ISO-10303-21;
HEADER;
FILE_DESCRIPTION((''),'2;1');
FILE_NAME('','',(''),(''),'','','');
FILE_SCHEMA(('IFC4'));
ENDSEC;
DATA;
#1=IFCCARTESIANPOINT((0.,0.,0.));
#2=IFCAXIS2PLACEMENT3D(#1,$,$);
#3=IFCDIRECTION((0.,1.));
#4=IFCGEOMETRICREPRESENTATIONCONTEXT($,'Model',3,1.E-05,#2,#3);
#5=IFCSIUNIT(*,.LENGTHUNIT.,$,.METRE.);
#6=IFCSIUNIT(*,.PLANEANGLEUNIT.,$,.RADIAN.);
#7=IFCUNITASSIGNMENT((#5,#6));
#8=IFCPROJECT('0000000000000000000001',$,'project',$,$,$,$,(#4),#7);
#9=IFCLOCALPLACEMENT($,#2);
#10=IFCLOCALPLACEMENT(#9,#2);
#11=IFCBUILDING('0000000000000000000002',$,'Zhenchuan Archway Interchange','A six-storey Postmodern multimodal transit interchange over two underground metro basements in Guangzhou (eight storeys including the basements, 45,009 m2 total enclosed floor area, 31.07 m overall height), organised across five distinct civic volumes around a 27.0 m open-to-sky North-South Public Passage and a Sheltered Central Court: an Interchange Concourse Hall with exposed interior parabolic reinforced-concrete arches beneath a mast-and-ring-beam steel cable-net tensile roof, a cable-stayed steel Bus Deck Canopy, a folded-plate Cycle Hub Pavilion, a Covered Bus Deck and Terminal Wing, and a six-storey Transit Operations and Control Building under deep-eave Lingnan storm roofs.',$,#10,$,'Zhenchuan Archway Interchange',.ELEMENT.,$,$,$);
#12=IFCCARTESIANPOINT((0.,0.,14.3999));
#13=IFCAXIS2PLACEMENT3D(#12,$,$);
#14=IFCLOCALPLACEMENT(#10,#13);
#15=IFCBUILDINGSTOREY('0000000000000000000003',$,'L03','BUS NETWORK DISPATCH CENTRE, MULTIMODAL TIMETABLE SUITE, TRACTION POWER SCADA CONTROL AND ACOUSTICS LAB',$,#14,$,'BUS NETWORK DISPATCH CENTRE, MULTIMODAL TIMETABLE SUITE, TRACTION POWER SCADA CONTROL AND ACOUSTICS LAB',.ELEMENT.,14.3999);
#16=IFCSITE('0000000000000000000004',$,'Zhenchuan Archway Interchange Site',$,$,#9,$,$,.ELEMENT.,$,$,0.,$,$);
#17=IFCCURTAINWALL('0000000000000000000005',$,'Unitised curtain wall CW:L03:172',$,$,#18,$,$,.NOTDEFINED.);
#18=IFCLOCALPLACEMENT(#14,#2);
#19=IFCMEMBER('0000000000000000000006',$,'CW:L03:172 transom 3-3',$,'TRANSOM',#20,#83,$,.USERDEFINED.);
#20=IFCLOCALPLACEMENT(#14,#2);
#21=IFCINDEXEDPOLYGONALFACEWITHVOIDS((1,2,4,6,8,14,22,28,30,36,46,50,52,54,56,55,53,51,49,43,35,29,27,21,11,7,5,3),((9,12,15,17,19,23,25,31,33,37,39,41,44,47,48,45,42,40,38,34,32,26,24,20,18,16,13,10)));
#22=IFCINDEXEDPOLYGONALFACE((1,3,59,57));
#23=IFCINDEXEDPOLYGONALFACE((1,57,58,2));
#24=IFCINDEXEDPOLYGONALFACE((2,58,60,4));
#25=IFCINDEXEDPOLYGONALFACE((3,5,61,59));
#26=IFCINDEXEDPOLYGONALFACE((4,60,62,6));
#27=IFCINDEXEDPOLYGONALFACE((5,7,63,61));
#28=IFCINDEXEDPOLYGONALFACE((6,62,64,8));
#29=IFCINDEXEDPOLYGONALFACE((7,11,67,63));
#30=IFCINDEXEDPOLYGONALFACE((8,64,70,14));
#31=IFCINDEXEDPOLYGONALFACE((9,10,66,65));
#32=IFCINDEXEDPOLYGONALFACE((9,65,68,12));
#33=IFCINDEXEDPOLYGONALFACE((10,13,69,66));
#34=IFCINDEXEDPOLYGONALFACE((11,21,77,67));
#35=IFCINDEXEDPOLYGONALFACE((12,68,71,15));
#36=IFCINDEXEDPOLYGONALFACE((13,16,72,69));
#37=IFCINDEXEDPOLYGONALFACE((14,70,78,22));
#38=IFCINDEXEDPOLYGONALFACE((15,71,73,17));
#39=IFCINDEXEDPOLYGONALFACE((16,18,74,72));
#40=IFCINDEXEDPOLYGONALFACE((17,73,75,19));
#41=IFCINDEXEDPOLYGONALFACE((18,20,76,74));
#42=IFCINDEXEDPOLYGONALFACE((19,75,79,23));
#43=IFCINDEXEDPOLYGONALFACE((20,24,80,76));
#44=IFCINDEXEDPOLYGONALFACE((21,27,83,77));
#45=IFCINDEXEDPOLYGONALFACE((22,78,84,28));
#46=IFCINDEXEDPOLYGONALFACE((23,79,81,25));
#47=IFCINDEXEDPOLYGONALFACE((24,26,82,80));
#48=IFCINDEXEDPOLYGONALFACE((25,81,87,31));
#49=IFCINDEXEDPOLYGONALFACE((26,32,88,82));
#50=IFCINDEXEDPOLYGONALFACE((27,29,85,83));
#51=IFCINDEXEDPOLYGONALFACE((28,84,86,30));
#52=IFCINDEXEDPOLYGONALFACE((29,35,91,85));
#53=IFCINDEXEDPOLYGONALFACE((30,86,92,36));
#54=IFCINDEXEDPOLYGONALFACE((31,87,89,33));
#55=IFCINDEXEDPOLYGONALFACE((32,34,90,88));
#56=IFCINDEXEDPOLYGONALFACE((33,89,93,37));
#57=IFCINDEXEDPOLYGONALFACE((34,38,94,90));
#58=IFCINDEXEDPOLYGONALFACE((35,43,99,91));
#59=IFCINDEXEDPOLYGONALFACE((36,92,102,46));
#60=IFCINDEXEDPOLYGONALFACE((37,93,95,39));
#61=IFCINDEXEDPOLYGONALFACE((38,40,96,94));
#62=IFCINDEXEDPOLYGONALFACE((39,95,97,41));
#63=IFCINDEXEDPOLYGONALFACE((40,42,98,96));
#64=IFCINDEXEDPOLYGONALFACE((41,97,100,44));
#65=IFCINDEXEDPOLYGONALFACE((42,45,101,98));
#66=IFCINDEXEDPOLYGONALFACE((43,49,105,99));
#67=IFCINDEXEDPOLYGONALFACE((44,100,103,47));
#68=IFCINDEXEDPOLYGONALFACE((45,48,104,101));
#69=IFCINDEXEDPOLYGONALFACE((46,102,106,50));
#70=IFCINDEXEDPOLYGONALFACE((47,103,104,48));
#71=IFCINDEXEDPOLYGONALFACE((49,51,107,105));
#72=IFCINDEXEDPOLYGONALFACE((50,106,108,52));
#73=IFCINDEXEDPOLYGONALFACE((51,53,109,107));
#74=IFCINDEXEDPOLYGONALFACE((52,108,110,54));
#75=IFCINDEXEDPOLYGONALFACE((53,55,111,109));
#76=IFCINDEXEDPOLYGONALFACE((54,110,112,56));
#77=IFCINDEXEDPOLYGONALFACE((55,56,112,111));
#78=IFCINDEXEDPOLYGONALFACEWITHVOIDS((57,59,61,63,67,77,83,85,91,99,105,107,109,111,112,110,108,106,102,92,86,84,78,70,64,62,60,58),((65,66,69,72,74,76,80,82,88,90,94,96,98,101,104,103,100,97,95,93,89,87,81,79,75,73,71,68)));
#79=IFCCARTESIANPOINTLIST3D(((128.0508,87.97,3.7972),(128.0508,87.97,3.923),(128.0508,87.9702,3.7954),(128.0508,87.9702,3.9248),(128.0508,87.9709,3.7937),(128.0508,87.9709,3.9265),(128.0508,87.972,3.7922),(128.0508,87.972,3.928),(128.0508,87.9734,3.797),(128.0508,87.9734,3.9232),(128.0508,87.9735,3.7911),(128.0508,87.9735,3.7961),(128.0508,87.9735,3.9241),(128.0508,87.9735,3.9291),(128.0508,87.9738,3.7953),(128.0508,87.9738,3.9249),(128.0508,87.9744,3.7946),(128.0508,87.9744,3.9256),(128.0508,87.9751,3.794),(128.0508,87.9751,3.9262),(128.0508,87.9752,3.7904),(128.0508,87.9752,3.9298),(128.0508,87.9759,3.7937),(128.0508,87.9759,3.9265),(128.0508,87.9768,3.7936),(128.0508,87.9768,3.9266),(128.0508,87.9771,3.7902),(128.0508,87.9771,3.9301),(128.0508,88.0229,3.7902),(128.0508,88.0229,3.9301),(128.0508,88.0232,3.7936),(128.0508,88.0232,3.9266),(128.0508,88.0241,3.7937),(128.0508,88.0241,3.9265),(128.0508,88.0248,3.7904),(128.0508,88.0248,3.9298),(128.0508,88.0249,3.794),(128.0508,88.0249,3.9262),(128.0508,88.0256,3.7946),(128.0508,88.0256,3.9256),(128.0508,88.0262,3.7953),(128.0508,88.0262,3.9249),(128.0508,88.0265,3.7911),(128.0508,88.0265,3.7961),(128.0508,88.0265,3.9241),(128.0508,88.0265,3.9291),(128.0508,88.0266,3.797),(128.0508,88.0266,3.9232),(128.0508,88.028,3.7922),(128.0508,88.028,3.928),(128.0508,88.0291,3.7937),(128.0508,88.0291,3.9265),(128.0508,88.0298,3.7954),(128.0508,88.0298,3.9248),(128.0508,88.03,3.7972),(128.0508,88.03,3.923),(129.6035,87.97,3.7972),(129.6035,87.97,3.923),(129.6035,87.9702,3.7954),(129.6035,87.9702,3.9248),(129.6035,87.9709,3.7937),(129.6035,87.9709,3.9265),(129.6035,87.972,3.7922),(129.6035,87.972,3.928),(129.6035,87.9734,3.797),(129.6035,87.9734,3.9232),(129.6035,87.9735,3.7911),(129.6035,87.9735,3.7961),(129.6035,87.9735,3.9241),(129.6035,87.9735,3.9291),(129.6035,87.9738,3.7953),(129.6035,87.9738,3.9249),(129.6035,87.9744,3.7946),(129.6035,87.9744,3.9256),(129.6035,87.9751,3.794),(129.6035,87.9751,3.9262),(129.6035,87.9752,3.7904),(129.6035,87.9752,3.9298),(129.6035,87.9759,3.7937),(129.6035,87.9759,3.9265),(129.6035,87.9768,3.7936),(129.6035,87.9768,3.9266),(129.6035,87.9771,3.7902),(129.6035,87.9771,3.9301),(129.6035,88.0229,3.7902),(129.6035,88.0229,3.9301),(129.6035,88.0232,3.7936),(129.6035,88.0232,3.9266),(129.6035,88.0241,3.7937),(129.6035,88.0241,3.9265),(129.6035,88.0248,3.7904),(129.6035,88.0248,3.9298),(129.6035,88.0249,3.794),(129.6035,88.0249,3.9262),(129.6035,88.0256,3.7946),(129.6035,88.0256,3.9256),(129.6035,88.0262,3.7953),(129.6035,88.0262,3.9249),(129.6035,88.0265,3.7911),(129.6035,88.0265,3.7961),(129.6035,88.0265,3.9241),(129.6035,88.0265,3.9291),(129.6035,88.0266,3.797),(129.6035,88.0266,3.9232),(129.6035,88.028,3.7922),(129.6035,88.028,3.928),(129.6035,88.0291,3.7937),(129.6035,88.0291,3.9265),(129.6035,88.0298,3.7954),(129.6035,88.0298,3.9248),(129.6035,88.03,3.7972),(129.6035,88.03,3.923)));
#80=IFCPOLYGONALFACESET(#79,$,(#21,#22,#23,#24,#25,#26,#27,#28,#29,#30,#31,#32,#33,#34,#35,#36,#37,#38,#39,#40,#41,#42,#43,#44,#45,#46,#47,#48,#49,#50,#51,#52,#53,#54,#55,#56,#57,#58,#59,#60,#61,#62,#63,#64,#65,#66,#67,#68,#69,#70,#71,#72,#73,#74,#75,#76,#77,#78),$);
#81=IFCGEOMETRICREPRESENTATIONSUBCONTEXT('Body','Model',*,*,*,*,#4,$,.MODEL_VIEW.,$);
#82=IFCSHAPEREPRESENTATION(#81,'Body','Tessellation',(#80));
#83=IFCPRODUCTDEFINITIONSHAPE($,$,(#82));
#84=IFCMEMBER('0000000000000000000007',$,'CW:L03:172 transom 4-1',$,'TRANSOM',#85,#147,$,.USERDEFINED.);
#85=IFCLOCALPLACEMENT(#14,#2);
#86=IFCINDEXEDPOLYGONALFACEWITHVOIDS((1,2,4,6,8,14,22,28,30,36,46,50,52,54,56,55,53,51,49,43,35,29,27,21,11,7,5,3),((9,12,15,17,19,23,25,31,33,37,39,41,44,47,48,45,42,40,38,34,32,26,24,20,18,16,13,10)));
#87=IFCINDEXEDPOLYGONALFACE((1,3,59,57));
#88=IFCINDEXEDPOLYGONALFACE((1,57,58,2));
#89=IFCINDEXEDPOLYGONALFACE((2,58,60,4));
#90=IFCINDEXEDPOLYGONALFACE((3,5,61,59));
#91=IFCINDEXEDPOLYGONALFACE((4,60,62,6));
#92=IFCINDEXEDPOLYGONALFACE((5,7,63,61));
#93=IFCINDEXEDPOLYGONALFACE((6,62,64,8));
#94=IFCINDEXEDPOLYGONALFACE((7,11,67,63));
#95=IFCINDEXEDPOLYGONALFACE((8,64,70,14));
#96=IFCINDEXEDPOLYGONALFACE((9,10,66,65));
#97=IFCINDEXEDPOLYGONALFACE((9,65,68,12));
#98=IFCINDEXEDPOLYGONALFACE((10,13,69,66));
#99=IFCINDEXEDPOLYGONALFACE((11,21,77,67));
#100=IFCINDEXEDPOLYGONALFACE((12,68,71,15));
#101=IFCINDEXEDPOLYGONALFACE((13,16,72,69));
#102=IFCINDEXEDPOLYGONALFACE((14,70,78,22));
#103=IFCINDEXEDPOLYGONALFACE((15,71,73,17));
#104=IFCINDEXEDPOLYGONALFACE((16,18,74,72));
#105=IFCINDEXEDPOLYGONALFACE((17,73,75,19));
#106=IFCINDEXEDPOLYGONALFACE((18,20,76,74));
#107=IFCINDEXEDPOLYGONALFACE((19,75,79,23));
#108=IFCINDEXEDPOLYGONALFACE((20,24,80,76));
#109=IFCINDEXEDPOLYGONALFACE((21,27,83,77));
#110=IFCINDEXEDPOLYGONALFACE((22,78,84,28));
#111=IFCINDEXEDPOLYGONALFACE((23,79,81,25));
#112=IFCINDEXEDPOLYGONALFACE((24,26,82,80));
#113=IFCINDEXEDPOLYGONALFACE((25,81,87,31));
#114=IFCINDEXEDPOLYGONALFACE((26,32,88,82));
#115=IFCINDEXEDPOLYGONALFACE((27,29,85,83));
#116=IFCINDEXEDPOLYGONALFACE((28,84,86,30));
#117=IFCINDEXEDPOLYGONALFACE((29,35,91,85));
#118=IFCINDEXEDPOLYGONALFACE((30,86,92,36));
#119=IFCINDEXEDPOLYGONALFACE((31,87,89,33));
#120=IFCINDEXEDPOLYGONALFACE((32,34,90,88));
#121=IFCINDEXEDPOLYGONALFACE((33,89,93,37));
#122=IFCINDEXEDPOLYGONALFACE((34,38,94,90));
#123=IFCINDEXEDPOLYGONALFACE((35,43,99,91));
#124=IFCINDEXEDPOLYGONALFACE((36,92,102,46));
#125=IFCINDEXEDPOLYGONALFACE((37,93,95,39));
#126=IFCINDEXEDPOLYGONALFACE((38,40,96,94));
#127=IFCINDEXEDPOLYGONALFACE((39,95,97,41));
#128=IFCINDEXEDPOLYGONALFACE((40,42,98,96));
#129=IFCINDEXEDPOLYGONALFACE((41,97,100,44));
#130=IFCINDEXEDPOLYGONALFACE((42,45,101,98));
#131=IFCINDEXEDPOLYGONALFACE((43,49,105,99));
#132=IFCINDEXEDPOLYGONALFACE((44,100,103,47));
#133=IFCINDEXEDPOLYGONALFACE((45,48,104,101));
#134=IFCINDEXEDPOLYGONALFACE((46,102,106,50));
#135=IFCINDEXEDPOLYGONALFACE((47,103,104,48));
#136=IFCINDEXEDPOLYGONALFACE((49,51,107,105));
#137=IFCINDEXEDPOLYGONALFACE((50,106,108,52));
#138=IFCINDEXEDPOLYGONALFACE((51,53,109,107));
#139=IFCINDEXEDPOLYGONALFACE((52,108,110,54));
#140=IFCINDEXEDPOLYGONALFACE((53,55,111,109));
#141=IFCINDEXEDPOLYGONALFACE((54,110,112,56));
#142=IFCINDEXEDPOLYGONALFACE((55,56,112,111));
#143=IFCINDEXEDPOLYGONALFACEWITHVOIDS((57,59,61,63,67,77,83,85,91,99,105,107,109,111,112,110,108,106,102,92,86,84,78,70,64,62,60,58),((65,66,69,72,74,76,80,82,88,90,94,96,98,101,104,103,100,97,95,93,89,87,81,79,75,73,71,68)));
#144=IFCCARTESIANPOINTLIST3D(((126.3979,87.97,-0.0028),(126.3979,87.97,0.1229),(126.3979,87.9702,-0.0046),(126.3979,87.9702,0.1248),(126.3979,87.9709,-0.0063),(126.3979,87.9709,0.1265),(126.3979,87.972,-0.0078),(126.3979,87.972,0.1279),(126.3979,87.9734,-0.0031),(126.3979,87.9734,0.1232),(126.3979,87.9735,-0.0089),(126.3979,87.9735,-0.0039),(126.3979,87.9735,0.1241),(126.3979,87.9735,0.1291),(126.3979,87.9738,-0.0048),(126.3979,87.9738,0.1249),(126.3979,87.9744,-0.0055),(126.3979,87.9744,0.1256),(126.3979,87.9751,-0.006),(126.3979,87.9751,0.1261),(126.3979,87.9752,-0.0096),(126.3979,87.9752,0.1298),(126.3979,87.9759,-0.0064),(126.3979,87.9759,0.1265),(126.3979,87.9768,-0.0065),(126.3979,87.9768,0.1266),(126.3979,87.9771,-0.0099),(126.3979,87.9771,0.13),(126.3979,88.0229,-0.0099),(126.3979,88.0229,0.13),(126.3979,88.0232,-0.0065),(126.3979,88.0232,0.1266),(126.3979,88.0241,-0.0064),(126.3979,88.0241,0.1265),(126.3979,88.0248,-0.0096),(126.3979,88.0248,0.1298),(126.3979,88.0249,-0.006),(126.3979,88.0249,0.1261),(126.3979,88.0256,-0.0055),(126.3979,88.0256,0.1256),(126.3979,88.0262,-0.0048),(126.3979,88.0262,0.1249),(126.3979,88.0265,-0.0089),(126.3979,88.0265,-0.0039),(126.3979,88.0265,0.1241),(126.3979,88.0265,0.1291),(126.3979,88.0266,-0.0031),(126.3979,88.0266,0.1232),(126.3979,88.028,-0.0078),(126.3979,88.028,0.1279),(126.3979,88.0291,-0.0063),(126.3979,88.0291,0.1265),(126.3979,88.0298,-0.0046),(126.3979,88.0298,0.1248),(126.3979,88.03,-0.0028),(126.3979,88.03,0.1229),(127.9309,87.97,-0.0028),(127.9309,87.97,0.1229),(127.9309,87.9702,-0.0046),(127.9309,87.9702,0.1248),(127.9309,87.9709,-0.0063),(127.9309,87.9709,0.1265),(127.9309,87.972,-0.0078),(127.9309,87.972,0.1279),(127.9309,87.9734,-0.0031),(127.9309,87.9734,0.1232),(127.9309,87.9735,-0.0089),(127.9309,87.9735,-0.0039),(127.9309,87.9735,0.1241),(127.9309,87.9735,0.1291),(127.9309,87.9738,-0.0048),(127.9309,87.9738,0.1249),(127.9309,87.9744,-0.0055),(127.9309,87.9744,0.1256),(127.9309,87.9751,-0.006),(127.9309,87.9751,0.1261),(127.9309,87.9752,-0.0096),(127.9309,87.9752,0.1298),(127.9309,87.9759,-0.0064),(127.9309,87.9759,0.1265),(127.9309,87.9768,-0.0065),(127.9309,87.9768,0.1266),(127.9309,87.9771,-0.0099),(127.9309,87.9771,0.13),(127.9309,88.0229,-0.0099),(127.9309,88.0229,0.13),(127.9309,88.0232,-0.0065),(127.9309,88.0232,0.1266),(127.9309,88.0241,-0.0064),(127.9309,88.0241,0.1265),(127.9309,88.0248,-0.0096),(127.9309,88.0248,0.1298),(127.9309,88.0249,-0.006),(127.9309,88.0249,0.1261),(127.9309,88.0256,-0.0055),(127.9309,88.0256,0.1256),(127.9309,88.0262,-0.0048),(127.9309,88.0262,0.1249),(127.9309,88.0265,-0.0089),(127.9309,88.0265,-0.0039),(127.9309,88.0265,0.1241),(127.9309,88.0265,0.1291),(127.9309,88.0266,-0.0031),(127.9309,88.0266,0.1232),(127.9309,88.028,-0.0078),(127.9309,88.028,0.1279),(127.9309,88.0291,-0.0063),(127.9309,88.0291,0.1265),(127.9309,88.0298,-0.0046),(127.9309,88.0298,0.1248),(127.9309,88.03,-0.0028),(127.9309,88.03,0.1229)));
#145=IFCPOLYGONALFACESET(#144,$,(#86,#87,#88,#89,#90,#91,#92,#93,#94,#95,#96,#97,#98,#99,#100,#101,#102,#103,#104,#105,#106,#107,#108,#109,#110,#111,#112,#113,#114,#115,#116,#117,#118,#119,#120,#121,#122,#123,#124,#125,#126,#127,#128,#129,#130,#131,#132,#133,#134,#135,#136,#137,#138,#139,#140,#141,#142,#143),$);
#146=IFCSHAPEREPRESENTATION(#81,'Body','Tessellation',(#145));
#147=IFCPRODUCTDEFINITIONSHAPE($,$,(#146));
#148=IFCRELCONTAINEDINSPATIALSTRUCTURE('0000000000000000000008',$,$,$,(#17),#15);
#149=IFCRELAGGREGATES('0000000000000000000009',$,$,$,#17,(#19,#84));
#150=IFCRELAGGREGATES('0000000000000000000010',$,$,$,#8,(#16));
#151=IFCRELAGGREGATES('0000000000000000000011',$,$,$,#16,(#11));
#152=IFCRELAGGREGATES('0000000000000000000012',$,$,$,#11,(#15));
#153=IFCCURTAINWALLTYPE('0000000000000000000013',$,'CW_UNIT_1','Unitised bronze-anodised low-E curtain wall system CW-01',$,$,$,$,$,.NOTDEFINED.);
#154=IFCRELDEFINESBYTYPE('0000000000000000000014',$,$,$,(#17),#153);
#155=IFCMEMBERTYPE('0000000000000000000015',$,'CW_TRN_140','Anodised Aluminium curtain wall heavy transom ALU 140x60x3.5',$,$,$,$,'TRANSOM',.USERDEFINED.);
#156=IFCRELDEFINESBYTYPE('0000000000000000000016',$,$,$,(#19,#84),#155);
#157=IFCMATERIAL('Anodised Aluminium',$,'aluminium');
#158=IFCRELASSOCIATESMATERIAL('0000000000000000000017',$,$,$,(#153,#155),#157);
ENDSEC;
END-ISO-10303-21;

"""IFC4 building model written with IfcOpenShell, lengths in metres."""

from ifc_helpers import new_model, si_unit, direction, frame, origin, origin_2d, place, context, subcontext, project, spatial, hollow_rectangle, extrude, material, material_profile, profile_set, type_object, element, aggregate, save


model = new_model("IFC4")

# Units and contexts
model_context = context("Model", 3, precision=1e-05, world=origin(), true_north=direction((0.0, 1.0)))
body_context = subcontext(model_context, "Body", "Model", "MODEL_VIEW")
ifc_project = project(units=[si_unit("LENGTHUNIT", "METRE"), si_unit("PLANEANGLEUNIT", "RADIAN")], contexts=[model_context])

# Site, building, storey
site_placement = place(None, origin())
site = spatial("IfcSite", under=ifc_project, at=site_placement, Name="Zhenchuan Archway Interchange Site", CompositionType="ELEMENT", RefElevation=0.0)
building_placement = place(site_placement, origin())
building = spatial("IfcBuilding", under=site, at=building_placement, Name="Zhenchuan Archway Interchange", Description="A six-storey Postmodern multimodal transit interchange over two underground metro basements in Guangzhou (eight storeys including the basements, 45,009 m2 total enclosed floor area, 31.07 m overall height), organised across five distinct civic volumes around a 27.0 m open-to-sky North-South Public Passage and a Sheltered Central Court: an Interchange Concourse Hall with exposed interior parabolic reinforced-concrete arches beneath a mast-and-ring-beam steel cable-net tensile roof, a cable-stayed steel Bus Deck Canopy, a folded-plate Cycle Hub Pavilion, a Covered Bus Deck and Terminal Wing, and a six-storey Transit Operations and Control Building under deep-eave Lingnan storm roofs.", LongName="Zhenchuan Archway Interchange", CompositionType="ELEMENT")
storey_placement = place(building_placement, frame((0.0, 0.0, 14.3999)))
storey = spatial("IfcBuildingStorey", under=building, at=storey_placement, Name="L03", Description="BUS NETWORK DISPATCH CENTRE, MULTIMODAL TIMETABLE SUITE, TRACTION POWER SCADA CONTROL AND ACOUSTICS LAB", LongName="BUS NETWORK DISPATCH CENTRE, MULTIMODAL TIMETABLE SUITE, TRACTION POWER SCADA CONTROL AND ACOUSTICS LAB", CompositionType="ELEMENT", Elevation=14.3999)

# Curtain wall
ifc_material_1 = material(Name="Anodised Aluminium", Category="aluminium")
curtain_wall_type_1 = type_object("IfcCurtainWallType", Name="CW_UNIT_1", Description="Unitised bronze-anodised low-E curtain wall system CW-01", PredefinedType="NOTDEFINED", material=ifc_material_1)
curtain_wall_1_placement = place(storey_placement, origin())
curtain_wall_1 = element("IfcCurtainWall", 1, at=curtain_wall_1_placement, inside=storey, type_object=curtain_wall_type_1, Name="Unitised curtain wall CW:L03:172", PredefinedType="NOTDEFINED")

# Members
ifc_material_profile_1 = material_profile(ifc_material_1, hollow_rectangle(XDim=0.0601, YDim=0.1399, WallThickness=0.0034, InnerFilletRadius=0.0034, OuterFilletRadius=0.0071, at=origin_2d()), Name="ALU 140x60x3.5")
ifc_profile_set_1 = profile_set([ifc_material_profile_1], Name="Anodised Aluminium")
member_type_1 = type_object("IfcMemberType", Name="CW_TRN_140", Description="Anodised Aluminium curtain wall heavy transom ALU 140x60x3.5", ElementType="TRANSOM", PredefinedType="USERDEFINED", material=ifc_profile_set_1)
member_1_placement = place(storey_placement, frame((129.6035, 88.0, 3.8601), z_axis=(-1.0, 0.0, 0.0), x_axis=(0.0, -1.0, 0.0)))
member_1 = element("IfcMember", 2, at=member_1_placement, type_object=member_type_1, Name="CW:L03:172 transom 3-3", ObjectType="TRANSOM", PredefinedType="USERDEFINED", context=body_context, shape_type="SweptSolid", body=[
    extrude(hollow_rectangle(XDim=0.0601, YDim=0.1399, WallThickness=0.0034, InnerFilletRadius=0.0034, OuterFilletRadius=0.0071, at=origin_2d()), origin(), (0.0, 0.0, 1.0), 1.5527),
])
member_2_placement = place(storey_placement, frame((127.9309, 88.0, 0.0601), z_axis=(-1.0, 0.0, 0.0), x_axis=(0.0, -1.0, 0.0)))
member_2 = element("IfcMember", 3, at=member_2_placement, type_object=member_type_1, Name="CW:L03:172 transom 4-1", ObjectType="TRANSOM", PredefinedType="USERDEFINED", context=body_context, shape_type="SweptSolid", body=[
    extrude(hollow_rectangle(XDim=0.0601, YDim=0.1399, WallThickness=0.0034, InnerFilletRadius=0.0034, OuterFilletRadius=0.0071, at=origin_2d()), origin(), (0.0, 0.0, 1.0), 1.533),
])

aggregate(curtain_wall_1, [member_1, member_2])

save(model, "model.ifc")
